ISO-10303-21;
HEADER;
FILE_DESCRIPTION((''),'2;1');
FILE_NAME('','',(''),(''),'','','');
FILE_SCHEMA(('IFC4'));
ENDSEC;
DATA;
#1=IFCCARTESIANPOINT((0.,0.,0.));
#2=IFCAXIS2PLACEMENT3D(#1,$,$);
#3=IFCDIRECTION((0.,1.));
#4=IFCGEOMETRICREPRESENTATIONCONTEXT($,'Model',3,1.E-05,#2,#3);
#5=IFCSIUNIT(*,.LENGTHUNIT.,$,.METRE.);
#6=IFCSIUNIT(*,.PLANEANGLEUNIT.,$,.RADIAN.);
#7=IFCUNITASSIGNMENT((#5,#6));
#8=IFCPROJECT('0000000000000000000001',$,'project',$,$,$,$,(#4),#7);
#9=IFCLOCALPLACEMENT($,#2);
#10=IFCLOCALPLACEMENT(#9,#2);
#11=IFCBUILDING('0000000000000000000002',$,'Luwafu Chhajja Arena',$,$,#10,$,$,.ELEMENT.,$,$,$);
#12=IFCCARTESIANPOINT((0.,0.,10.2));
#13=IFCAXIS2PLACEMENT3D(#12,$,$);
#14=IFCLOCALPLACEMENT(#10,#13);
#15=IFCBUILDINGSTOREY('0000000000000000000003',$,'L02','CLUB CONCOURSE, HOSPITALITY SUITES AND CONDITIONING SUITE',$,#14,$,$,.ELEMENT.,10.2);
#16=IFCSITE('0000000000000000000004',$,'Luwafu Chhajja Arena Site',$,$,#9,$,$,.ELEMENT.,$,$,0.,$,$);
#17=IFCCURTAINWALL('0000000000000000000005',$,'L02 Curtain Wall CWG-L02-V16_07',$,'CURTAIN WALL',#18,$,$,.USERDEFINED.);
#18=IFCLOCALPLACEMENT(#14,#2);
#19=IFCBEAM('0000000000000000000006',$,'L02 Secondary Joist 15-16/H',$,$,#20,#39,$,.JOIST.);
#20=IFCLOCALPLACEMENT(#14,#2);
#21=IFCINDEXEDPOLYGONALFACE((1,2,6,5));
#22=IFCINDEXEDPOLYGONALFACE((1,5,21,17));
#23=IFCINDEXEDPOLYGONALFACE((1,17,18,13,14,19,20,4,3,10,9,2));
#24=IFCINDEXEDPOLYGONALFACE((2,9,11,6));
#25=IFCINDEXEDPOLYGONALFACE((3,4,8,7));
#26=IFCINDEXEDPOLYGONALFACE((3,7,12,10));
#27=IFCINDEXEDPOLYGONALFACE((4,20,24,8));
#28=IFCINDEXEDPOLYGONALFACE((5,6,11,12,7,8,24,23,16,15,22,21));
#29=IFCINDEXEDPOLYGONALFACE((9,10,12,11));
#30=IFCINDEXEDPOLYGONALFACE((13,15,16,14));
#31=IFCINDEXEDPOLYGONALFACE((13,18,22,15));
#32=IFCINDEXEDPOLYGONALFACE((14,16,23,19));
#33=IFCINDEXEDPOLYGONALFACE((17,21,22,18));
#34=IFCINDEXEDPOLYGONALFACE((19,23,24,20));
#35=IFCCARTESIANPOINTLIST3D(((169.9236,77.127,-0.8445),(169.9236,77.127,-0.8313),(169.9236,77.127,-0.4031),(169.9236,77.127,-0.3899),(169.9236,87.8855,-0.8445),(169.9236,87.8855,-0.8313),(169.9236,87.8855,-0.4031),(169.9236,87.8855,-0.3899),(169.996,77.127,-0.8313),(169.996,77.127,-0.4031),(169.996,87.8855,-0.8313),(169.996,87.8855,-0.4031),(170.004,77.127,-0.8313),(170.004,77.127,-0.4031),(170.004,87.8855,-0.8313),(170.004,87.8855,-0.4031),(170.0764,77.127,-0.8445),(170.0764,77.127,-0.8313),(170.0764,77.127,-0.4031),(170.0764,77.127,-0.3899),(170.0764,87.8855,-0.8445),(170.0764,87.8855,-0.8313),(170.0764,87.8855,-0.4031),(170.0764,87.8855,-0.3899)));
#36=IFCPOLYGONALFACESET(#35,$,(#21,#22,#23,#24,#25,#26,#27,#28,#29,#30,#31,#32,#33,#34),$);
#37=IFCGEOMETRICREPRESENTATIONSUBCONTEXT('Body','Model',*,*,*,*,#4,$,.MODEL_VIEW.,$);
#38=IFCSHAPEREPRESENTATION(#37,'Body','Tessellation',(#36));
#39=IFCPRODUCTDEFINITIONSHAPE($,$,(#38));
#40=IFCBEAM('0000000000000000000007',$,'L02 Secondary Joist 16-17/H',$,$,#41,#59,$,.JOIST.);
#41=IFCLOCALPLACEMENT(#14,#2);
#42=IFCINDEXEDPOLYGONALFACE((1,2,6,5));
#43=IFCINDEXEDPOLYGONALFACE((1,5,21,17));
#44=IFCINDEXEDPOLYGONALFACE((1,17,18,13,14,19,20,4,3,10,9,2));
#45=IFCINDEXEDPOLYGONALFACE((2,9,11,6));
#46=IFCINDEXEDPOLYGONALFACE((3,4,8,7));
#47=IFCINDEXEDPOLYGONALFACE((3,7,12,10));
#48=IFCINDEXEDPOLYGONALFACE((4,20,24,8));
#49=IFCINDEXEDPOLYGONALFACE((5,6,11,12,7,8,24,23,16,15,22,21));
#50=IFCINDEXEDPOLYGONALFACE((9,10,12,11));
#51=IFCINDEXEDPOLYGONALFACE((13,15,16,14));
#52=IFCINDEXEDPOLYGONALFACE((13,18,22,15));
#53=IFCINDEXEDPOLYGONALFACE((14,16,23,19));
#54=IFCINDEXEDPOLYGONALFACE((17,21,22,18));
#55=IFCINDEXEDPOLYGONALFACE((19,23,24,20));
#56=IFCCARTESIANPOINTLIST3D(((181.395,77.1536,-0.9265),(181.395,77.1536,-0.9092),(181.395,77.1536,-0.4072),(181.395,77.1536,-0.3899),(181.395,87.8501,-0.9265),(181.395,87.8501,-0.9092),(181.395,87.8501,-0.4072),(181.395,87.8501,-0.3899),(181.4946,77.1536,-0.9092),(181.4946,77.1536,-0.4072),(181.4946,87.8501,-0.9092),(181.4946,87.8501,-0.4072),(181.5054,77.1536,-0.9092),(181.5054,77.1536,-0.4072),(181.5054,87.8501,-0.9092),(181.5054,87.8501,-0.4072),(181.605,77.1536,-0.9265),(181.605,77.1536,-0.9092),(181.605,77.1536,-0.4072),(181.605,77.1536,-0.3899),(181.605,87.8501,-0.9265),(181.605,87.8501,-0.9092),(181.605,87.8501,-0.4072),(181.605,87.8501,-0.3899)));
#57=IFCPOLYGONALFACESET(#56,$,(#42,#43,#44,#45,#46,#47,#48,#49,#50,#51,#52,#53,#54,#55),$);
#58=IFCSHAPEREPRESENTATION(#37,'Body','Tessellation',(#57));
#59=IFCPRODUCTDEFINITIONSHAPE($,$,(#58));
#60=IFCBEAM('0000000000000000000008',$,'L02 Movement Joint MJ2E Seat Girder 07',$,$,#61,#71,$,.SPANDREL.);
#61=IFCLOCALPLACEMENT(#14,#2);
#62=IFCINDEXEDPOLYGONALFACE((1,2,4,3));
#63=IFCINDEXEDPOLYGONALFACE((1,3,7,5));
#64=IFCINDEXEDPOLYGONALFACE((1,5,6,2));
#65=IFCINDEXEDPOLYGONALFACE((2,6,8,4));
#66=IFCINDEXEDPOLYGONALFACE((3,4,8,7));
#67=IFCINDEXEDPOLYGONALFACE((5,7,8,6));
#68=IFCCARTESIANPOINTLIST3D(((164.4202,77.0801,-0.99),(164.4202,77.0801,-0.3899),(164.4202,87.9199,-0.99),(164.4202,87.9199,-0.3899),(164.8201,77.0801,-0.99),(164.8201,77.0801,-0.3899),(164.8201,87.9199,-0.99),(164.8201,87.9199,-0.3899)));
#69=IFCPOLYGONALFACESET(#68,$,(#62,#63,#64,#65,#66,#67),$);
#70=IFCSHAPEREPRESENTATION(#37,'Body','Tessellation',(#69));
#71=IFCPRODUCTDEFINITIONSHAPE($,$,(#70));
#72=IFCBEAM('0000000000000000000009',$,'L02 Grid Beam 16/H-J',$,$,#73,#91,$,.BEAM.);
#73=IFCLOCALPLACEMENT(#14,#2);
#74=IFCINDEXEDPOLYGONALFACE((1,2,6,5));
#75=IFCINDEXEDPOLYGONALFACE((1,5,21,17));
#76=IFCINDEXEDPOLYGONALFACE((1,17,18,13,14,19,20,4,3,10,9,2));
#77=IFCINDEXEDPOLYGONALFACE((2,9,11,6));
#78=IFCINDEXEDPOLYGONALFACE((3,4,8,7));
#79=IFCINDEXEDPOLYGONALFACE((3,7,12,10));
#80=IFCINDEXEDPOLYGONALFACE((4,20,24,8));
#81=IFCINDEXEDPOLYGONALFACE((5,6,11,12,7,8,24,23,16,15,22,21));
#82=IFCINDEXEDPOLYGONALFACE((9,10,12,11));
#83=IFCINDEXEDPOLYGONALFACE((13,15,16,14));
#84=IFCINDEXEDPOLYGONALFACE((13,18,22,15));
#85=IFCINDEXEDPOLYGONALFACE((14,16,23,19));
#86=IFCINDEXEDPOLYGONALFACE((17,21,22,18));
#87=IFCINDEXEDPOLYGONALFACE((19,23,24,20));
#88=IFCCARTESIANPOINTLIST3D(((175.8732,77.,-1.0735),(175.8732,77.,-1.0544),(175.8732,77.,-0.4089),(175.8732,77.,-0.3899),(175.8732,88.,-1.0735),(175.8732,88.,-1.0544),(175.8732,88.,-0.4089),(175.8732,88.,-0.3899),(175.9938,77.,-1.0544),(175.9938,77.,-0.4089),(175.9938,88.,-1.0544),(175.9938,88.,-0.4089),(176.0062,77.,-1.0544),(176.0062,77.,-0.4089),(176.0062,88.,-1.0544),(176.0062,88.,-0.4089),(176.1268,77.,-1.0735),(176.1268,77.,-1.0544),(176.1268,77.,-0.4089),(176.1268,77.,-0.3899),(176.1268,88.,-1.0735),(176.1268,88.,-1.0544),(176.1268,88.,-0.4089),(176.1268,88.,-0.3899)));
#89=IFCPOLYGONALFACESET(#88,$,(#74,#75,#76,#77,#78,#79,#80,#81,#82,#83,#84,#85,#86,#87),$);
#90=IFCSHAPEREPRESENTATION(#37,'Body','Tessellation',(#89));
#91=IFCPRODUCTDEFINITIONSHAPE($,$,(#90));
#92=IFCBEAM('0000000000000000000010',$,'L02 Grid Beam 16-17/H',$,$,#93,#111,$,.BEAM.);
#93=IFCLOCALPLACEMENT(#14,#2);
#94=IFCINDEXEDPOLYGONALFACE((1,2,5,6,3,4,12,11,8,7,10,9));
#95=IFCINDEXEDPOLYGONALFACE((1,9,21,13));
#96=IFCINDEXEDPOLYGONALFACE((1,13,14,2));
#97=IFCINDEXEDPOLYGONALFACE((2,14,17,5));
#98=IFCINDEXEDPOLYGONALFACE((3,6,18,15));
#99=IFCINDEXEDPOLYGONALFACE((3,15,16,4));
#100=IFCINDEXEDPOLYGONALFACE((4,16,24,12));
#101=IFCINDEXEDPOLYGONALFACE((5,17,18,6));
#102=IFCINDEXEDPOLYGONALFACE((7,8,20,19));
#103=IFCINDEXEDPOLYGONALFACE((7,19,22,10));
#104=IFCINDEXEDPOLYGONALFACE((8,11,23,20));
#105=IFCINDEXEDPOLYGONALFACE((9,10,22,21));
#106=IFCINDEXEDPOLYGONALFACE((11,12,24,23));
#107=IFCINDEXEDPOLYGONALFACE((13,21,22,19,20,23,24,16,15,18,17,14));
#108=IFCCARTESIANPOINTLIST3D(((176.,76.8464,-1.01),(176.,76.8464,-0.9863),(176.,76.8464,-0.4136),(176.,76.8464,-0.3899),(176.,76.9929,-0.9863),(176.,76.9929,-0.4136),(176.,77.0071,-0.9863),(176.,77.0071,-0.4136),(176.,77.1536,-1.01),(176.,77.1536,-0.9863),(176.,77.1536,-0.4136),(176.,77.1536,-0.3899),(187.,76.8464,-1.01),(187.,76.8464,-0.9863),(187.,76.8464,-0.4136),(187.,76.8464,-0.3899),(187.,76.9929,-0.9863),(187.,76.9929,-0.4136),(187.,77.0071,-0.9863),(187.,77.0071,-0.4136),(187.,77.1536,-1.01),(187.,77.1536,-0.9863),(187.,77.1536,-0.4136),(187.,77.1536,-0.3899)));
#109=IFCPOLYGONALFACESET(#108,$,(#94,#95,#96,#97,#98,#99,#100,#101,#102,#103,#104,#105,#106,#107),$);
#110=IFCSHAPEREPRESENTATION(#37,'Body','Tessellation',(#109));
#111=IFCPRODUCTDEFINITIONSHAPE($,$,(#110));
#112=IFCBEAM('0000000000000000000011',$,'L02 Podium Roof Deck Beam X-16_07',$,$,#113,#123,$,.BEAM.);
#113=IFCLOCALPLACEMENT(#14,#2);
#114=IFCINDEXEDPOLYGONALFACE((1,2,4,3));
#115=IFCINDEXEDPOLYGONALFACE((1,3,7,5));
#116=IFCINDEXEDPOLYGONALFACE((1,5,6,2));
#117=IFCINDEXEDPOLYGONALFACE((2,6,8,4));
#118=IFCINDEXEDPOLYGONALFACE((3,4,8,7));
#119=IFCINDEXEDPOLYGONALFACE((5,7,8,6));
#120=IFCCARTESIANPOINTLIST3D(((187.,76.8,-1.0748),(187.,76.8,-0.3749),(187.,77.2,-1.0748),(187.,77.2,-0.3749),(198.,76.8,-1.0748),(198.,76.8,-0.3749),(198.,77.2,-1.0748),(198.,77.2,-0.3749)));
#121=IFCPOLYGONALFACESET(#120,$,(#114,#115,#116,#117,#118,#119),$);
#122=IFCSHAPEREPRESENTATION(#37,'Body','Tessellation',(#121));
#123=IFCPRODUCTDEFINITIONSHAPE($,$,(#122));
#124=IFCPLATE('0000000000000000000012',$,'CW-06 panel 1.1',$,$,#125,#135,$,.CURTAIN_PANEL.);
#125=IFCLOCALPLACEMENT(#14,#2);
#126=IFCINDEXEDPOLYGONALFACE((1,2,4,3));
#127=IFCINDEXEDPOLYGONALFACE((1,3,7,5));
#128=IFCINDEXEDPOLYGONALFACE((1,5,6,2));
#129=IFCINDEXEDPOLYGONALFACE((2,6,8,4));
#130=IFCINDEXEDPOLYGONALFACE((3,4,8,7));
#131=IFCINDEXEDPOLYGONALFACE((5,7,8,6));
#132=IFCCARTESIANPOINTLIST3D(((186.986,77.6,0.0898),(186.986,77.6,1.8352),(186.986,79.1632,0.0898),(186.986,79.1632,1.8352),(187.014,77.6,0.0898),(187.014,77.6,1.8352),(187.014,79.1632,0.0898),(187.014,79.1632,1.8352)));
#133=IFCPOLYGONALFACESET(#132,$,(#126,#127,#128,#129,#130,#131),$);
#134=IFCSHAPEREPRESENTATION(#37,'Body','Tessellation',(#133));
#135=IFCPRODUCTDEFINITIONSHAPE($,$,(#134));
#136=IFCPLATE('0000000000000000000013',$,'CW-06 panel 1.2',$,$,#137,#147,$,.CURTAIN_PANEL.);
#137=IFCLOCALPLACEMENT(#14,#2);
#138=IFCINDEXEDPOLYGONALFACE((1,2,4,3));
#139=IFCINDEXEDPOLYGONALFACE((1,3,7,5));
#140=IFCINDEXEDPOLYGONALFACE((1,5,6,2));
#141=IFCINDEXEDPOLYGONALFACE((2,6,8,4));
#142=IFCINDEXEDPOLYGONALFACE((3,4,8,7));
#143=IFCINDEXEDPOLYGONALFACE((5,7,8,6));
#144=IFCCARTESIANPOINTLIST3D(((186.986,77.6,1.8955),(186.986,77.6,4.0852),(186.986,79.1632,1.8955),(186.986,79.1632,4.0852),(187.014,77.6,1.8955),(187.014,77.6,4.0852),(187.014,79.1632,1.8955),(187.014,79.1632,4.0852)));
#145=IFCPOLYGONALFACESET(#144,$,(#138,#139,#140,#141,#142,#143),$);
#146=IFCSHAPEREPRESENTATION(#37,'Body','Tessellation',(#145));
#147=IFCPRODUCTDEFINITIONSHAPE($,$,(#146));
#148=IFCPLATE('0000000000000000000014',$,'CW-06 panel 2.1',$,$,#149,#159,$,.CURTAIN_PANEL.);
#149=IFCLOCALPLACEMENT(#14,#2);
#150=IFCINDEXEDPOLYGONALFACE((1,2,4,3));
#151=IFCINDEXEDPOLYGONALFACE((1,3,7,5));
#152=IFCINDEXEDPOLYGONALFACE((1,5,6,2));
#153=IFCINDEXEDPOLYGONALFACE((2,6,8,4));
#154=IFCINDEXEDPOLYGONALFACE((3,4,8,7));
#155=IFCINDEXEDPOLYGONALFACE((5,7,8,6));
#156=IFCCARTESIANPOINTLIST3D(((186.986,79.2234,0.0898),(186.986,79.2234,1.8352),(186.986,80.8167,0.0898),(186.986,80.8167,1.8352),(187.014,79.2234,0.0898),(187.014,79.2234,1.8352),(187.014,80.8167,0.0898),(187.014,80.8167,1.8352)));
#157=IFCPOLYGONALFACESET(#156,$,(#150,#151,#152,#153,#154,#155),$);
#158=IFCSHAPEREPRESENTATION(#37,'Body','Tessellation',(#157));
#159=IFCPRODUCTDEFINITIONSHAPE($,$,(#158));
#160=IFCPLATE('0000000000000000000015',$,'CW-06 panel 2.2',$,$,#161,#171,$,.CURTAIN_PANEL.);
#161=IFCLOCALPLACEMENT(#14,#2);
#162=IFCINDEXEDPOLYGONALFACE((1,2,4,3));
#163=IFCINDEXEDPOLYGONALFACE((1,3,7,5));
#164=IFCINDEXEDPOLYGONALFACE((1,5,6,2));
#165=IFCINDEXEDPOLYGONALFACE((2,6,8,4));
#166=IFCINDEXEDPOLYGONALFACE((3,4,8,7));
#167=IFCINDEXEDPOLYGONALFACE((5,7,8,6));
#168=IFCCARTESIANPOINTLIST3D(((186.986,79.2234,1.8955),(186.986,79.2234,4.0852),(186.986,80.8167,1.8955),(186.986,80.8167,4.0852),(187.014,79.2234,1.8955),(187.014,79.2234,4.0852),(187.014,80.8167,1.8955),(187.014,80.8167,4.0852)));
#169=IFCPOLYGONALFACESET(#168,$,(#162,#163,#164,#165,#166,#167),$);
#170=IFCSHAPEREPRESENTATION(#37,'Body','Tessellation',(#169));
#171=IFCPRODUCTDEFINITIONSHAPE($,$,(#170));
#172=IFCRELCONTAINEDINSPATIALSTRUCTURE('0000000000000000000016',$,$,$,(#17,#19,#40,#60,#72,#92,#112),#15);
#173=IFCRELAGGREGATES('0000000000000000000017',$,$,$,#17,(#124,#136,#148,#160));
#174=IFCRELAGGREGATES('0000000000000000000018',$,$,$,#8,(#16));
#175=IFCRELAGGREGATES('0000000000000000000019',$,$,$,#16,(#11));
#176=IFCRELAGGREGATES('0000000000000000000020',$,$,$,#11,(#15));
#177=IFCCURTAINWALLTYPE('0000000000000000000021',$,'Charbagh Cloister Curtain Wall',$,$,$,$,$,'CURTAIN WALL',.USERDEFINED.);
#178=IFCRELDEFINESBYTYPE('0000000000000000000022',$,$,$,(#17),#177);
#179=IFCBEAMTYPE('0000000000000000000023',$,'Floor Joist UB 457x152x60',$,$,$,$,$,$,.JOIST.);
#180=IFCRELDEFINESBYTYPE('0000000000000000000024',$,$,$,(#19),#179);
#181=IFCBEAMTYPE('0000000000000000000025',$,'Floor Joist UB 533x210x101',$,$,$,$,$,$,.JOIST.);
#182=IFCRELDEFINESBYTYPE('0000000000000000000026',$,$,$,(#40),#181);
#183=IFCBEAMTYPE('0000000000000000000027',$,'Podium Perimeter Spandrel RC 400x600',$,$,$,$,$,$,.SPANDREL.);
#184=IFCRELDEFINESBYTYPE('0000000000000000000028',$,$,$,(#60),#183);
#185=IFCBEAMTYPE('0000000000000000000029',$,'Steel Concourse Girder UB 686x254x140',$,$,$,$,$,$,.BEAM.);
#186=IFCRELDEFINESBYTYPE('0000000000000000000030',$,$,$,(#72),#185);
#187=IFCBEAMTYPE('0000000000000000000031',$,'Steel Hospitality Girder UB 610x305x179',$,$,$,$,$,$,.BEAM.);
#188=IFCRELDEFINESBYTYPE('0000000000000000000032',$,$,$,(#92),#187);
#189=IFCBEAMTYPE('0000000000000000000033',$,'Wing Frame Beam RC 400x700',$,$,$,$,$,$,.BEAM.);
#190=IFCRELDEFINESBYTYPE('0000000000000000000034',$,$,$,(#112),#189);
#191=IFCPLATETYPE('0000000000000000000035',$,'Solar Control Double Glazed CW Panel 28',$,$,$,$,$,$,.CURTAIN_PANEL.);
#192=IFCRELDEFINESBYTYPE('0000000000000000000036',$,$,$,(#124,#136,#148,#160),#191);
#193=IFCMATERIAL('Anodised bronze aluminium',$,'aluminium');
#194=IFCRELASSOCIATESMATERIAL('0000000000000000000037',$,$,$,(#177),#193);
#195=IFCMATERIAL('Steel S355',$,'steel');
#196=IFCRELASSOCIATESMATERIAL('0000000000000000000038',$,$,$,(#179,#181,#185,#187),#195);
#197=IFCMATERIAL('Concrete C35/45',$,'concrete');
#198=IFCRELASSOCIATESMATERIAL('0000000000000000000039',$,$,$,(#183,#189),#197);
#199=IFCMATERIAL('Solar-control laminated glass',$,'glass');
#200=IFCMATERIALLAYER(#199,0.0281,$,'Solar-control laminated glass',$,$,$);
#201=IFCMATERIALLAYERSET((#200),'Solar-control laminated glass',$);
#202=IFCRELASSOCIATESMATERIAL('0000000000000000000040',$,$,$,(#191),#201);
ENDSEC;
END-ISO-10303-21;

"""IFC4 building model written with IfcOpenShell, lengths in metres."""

from ifc_helpers import new_model, si_unit, direction, frame, origin, origin_2d, place, context, subcontext, project, spatial, rectangle, i_section, extrude, material, layer, layer_set, material_profile, profile_set, type_object, element, aggregate, save


model = new_model("IFC4")

# Units and contexts
model_context = context("Model", 3, precision=1e-05, world=origin(), true_north=direction((0.0, 1.0)))
body_context = subcontext(model_context, "Body", "Model", "MODEL_VIEW")
ifc_project = project(units=[si_unit("LENGTHUNIT", "METRE"), si_unit("PLANEANGLEUNIT", "RADIAN")], contexts=[model_context])

# Site, building, storey
site_placement = place(None, origin())
site = spatial("IfcSite", under=ifc_project, at=site_placement, Name="Luwafu Chhajja Arena Site", CompositionType="ELEMENT", RefElevation=0.0)
building_placement = place(site_placement, origin())
building = spatial("IfcBuilding", under=site, at=building_placement, Name="Luwafu Chhajja Arena", CompositionType="ELEMENT")
storey_placement = place(building_placement, frame((0.0, 0.0, 10.2)))
storey = spatial("IfcBuildingStorey", under=building, at=storey_placement, Name="L02", Description="CLUB CONCOURSE, HOSPITALITY SUITES AND CONDITIONING SUITE", CompositionType="ELEMENT", Elevation=10.2)

# Shared definitions
ifc_material_1 = material(Name="Concrete C35/45", Category="concrete")

# Curtain wall
ifc_material_2 = material(Name="Anodised bronze aluminium", Category="aluminium")
curtain_wall_type = type_object("IfcCurtainWallType", Name="Charbagh Cloister Curtain Wall", ElementType="CURTAIN WALL", PredefinedType="USERDEFINED", material=ifc_material_2)
curtain_wall_placement = place(storey_placement, origin())
curtain_wall = element("IfcCurtainWall", 1, at=curtain_wall_placement, inside=storey, type_object=curtain_wall_type, Name="L02 Curtain Wall CWG-L02-V16_07", ObjectType="CURTAIN WALL", PredefinedType="USERDEFINED")

# Beams
ifc_material_3 = material(Name="Steel S355", Category="steel")
ifc_material_profile_1 = material_profile(ifc_material_3, i_section(OverallWidth=0.1528, OverallDepth=0.4546, WebThickness=0.0081, FlangeThickness=0.0132, at=origin_2d()), Name="UB 457x152x60")
ifc_profile_set_1 = profile_set([ifc_material_profile_1], Name="Steel S355")
beam_type_1 = type_object("IfcBeamType", Name="Floor Joist UB 457x152x60", PredefinedType="JOIST", material=ifc_profile_set_1)
beam_1_placement = place(storey_placement, frame((170.0, 77.127, -0.6172), z_axis=(0.0, 1.0, 0.0), x_axis=(-1.0, 0.0, 0.0)))
element("IfcBeam", 2, at=beam_1_placement, inside=storey, type_object=beam_type_1, Name="L02 Secondary Joist 15-16/H", PredefinedType="JOIST", context=body_context, shape_type="SweptSolid", body=[
    extrude(i_section(OverallWidth=0.1528, OverallDepth=0.4546, WebThickness=0.0081, FlangeThickness=0.0132, at=origin_2d()), origin(), (0.0, 0.0, 1.0), 10.7585),
])
ifc_material_profile_2 = material_profile(ifc_material_3, i_section(OverallWidth=0.21, OverallDepth=0.5366, WebThickness=0.0107, FlangeThickness=0.0173, at=origin_2d()), Name="UB 533x210x101")
ifc_profile_set_2 = profile_set([ifc_material_profile_2], Name="Steel S355")
beam_type_2 = type_object("IfcBeamType", Name="Floor Joist UB 533x210x101", PredefinedType="JOIST", material=ifc_profile_set_2)
beam_2_placement = place(storey_placement, frame((181.5, 77.1536, -0.6582), z_axis=(0.0, 1.0, 0.0), x_axis=(-1.0, 0.0, 0.0)))
element("IfcBeam", 3, at=beam_2_placement, inside=storey, type_object=beam_type_2, Name="L02 Secondary Joist 16-17/H", PredefinedType="JOIST", context=body_context, shape_type="SweptSolid", body=[
    extrude(i_section(OverallWidth=0.21, OverallDepth=0.5366, WebThickness=0.0107, FlangeThickness=0.0173, at=origin_2d()), origin(), (0.0, 0.0, 1.0), 10.6965),
])
ifc_material_profile_3 = material_profile(ifc_material_1, rectangle(XDim=0.3999, YDim=0.6001, at=origin_2d()), Name="RC 400x600")
ifc_profile_set_3 = profile_set([ifc_material_profile_3], Name="Concrete C35/45")
beam_type_3 = type_object("IfcBeamType", Name="Podium Perimeter Spandrel RC 400x600", PredefinedType="SPANDREL", material=ifc_profile_set_3)
beam_3_placement = place(storey_placement, frame((164.6201, 77.0801, -0.6899), z_axis=(0.0, 1.0, 0.0), x_axis=(-1.0, 0.0, 0.0)))
element("IfcBeam", 4, at=beam_3_placement, inside=storey, type_object=beam_type_3, Name="L02 Movement Joint MJ2E Seat Girder 07", PredefinedType="SPANDREL", context=body_context, shape_type="SweptSolid", body=[
    extrude(rectangle(XDim=0.3999, YDim=0.6001, at=origin_2d()), origin(), (0.0, 0.0, 1.0), 10.8398),
])
ifc_material_profile_4 = material_profile(ifc_material_3, i_section(OverallWidth=0.2537, OverallDepth=0.6836, WebThickness=0.0125, FlangeThickness=0.019, at=origin_2d()), Name="UB 686x254x140")
ifc_profile_set_4 = profile_set([ifc_material_profile_4], Name="Steel S355")
beam_type_4 = type_object("IfcBeamType", Name="Steel Concourse Girder UB 686x254x140", PredefinedType="BEAM", material=ifc_profile_set_4)
beam_4_placement = place(storey_placement, frame((176.0, 77.0, -0.7317), z_axis=(0.0, 1.0, 0.0), x_axis=(-1.0, 0.0, 0.0)))
element("IfcBeam", 5, at=beam_4_placement, inside=storey, type_object=beam_type_4, Name="L02 Grid Beam 16/H-J", PredefinedType="BEAM", context=body_context, shape_type="SweptSolid", body=[
    extrude(i_section(OverallWidth=0.2537, OverallDepth=0.6836, WebThickness=0.0125, FlangeThickness=0.019, at=origin_2d()), origin(), (0.0, 0.0, 1.0), 11.0),
])
ifc_material_profile_5 = material_profile(ifc_material_3, i_section(OverallWidth=0.3071, OverallDepth=0.6201, WebThickness=0.0142, FlangeThickness=0.0237, at=origin_2d()), Name="UB 610x305x179")
ifc_profile_set_5 = profile_set([ifc_material_profile_5], Name="Steel S355")
beam_type_5 = type_object("IfcBeamType", Name="Steel Hospitality Girder UB 610x305x179", PredefinedType="BEAM", material=ifc_profile_set_5)
beam_5_placement = place(storey_placement, frame((176.0, 77.0, -0.7), z_axis=(1.0, 0.0, 0.0), x_axis=(0.0, 1.0, 0.0)))
element("IfcBeam", 6, at=beam_5_placement, inside=storey, type_object=beam_type_5, Name="L02 Grid Beam 16-17/H", PredefinedType="BEAM", context=body_context, shape_type="SweptSolid", body=[
    extrude(i_section(OverallWidth=0.3071, OverallDepth=0.6201, WebThickness=0.0142, FlangeThickness=0.0237, at=origin_2d()), origin(), (0.0, 0.0, 1.0), 11.0),
])
ifc_material_profile_6 = material_profile(ifc_material_1, rectangle(XDim=0.3999, YDim=0.7, at=origin_2d()), Name="RC 400x700")
ifc_profile_set_6 = profile_set([ifc_material_profile_6], Name="Concrete C35/45")
beam_type_6 = type_object("IfcBeamType", Name="Wing Frame Beam RC 400x700", PredefinedType="BEAM", material=ifc_profile_set_6)
beam_6_placement = place(storey_placement, frame((187.0, 77.0, -0.7249), z_axis=(1.0, 0.0, 0.0), x_axis=(0.0, 1.0, 0.0)))
element("IfcBeam", 7, at=beam_6_placement, inside=storey, type_object=beam_type_6, Name="L02 Podium Roof Deck Beam X-16_07", PredefinedType="BEAM", context=body_context, shape_type="SweptSolid", body=[
    extrude(rectangle(XDim=0.3999, YDim=0.7, at=origin_2d()), origin(), (0.0, 0.0, 1.0), 11.0),
])

# Plates
ifc_material_4 = material(Name="Solar-control laminated glass", Category="glass")
ifc_layer_1 = layer(ifc_material_4, 0.0281, Name="Solar-control laminated glass")
ifc_layer_set_1 = layer_set([ifc_layer_1], Name="Solar-control laminated glass")
plate_type = type_object("IfcPlateType", Name="Solar Control Double Glazed CW Panel 28", PredefinedType="CURTAIN_PANEL", material=ifc_layer_set_1)
plate_1_placement = place(storey_placement, frame((187.0, 78.3816, 0.0898), z_axis=(0.0, 0.0, 1.0), x_axis=(0.0, 1.0, 0.0)))
plate_1 = element("IfcPlate", 8, at=plate_1_placement, type_object=plate_type, Name="CW-06 panel 1.1", PredefinedType="CURTAIN_PANEL", context=body_context, shape_type="SweptSolid", body=[
    extrude(rectangle(XDim=1.5632, YDim=0.0281, at=origin_2d()), origin(), (0.0, 0.0, 1.0), 1.7454),
])
plate_2_placement = place(storey_placement, frame((187.0, 78.3816, 1.8955), z_axis=(0.0, 0.0, 1.0), x_axis=(0.0, 1.0, 0.0)))
plate_2 = element("IfcPlate", 9, at=plate_2_placement, type_object=plate_type, Name="CW-06 panel 1.2", PredefinedType="CURTAIN_PANEL", context=body_context, shape_type="SweptSolid", body=[
    extrude(rectangle(XDim=1.5632, YDim=0.0281, at=origin_2d()), origin(), (0.0, 0.0, 1.0), 2.1897),
])
plate_3_placement = place(storey_placement, frame((187.0, 80.02, 0.0898), z_axis=(0.0, 0.0, 1.0), x_axis=(0.0, 1.0, 0.0)))
plate_3 = element("IfcPlate", 10, at=plate_3_placement, type_object=plate_type, Name="CW-06 panel 2.1", PredefinedType="CURTAIN_PANEL", context=body_context, shape_type="SweptSolid", body=[
    extrude(rectangle(XDim=1.5933, YDim=0.0281, at=origin_2d()), origin(), (0.0, 0.0, 1.0), 1.7454),
])
plate_4_placement = place(storey_placement, frame((187.0, 80.02, 1.8955), z_axis=(0.0, 0.0, 1.0), x_axis=(0.0, 1.0, 0.0)))
plate_4 = element("IfcPlate", 11, at=plate_4_placement, type_object=plate_type, Name="CW-06 panel 2.2", PredefinedType="CURTAIN_PANEL", context=body_context, shape_type="SweptSolid", body=[
    extrude(rectangle(XDim=1.5933, YDim=0.0281, at=origin_2d()), origin(), (0.0, 0.0, 1.0), 2.1897),
])
aggregate(curtain_wall, [plate_1, plate_2, plate_3, plate_4])

save(model, "model.ifc")
